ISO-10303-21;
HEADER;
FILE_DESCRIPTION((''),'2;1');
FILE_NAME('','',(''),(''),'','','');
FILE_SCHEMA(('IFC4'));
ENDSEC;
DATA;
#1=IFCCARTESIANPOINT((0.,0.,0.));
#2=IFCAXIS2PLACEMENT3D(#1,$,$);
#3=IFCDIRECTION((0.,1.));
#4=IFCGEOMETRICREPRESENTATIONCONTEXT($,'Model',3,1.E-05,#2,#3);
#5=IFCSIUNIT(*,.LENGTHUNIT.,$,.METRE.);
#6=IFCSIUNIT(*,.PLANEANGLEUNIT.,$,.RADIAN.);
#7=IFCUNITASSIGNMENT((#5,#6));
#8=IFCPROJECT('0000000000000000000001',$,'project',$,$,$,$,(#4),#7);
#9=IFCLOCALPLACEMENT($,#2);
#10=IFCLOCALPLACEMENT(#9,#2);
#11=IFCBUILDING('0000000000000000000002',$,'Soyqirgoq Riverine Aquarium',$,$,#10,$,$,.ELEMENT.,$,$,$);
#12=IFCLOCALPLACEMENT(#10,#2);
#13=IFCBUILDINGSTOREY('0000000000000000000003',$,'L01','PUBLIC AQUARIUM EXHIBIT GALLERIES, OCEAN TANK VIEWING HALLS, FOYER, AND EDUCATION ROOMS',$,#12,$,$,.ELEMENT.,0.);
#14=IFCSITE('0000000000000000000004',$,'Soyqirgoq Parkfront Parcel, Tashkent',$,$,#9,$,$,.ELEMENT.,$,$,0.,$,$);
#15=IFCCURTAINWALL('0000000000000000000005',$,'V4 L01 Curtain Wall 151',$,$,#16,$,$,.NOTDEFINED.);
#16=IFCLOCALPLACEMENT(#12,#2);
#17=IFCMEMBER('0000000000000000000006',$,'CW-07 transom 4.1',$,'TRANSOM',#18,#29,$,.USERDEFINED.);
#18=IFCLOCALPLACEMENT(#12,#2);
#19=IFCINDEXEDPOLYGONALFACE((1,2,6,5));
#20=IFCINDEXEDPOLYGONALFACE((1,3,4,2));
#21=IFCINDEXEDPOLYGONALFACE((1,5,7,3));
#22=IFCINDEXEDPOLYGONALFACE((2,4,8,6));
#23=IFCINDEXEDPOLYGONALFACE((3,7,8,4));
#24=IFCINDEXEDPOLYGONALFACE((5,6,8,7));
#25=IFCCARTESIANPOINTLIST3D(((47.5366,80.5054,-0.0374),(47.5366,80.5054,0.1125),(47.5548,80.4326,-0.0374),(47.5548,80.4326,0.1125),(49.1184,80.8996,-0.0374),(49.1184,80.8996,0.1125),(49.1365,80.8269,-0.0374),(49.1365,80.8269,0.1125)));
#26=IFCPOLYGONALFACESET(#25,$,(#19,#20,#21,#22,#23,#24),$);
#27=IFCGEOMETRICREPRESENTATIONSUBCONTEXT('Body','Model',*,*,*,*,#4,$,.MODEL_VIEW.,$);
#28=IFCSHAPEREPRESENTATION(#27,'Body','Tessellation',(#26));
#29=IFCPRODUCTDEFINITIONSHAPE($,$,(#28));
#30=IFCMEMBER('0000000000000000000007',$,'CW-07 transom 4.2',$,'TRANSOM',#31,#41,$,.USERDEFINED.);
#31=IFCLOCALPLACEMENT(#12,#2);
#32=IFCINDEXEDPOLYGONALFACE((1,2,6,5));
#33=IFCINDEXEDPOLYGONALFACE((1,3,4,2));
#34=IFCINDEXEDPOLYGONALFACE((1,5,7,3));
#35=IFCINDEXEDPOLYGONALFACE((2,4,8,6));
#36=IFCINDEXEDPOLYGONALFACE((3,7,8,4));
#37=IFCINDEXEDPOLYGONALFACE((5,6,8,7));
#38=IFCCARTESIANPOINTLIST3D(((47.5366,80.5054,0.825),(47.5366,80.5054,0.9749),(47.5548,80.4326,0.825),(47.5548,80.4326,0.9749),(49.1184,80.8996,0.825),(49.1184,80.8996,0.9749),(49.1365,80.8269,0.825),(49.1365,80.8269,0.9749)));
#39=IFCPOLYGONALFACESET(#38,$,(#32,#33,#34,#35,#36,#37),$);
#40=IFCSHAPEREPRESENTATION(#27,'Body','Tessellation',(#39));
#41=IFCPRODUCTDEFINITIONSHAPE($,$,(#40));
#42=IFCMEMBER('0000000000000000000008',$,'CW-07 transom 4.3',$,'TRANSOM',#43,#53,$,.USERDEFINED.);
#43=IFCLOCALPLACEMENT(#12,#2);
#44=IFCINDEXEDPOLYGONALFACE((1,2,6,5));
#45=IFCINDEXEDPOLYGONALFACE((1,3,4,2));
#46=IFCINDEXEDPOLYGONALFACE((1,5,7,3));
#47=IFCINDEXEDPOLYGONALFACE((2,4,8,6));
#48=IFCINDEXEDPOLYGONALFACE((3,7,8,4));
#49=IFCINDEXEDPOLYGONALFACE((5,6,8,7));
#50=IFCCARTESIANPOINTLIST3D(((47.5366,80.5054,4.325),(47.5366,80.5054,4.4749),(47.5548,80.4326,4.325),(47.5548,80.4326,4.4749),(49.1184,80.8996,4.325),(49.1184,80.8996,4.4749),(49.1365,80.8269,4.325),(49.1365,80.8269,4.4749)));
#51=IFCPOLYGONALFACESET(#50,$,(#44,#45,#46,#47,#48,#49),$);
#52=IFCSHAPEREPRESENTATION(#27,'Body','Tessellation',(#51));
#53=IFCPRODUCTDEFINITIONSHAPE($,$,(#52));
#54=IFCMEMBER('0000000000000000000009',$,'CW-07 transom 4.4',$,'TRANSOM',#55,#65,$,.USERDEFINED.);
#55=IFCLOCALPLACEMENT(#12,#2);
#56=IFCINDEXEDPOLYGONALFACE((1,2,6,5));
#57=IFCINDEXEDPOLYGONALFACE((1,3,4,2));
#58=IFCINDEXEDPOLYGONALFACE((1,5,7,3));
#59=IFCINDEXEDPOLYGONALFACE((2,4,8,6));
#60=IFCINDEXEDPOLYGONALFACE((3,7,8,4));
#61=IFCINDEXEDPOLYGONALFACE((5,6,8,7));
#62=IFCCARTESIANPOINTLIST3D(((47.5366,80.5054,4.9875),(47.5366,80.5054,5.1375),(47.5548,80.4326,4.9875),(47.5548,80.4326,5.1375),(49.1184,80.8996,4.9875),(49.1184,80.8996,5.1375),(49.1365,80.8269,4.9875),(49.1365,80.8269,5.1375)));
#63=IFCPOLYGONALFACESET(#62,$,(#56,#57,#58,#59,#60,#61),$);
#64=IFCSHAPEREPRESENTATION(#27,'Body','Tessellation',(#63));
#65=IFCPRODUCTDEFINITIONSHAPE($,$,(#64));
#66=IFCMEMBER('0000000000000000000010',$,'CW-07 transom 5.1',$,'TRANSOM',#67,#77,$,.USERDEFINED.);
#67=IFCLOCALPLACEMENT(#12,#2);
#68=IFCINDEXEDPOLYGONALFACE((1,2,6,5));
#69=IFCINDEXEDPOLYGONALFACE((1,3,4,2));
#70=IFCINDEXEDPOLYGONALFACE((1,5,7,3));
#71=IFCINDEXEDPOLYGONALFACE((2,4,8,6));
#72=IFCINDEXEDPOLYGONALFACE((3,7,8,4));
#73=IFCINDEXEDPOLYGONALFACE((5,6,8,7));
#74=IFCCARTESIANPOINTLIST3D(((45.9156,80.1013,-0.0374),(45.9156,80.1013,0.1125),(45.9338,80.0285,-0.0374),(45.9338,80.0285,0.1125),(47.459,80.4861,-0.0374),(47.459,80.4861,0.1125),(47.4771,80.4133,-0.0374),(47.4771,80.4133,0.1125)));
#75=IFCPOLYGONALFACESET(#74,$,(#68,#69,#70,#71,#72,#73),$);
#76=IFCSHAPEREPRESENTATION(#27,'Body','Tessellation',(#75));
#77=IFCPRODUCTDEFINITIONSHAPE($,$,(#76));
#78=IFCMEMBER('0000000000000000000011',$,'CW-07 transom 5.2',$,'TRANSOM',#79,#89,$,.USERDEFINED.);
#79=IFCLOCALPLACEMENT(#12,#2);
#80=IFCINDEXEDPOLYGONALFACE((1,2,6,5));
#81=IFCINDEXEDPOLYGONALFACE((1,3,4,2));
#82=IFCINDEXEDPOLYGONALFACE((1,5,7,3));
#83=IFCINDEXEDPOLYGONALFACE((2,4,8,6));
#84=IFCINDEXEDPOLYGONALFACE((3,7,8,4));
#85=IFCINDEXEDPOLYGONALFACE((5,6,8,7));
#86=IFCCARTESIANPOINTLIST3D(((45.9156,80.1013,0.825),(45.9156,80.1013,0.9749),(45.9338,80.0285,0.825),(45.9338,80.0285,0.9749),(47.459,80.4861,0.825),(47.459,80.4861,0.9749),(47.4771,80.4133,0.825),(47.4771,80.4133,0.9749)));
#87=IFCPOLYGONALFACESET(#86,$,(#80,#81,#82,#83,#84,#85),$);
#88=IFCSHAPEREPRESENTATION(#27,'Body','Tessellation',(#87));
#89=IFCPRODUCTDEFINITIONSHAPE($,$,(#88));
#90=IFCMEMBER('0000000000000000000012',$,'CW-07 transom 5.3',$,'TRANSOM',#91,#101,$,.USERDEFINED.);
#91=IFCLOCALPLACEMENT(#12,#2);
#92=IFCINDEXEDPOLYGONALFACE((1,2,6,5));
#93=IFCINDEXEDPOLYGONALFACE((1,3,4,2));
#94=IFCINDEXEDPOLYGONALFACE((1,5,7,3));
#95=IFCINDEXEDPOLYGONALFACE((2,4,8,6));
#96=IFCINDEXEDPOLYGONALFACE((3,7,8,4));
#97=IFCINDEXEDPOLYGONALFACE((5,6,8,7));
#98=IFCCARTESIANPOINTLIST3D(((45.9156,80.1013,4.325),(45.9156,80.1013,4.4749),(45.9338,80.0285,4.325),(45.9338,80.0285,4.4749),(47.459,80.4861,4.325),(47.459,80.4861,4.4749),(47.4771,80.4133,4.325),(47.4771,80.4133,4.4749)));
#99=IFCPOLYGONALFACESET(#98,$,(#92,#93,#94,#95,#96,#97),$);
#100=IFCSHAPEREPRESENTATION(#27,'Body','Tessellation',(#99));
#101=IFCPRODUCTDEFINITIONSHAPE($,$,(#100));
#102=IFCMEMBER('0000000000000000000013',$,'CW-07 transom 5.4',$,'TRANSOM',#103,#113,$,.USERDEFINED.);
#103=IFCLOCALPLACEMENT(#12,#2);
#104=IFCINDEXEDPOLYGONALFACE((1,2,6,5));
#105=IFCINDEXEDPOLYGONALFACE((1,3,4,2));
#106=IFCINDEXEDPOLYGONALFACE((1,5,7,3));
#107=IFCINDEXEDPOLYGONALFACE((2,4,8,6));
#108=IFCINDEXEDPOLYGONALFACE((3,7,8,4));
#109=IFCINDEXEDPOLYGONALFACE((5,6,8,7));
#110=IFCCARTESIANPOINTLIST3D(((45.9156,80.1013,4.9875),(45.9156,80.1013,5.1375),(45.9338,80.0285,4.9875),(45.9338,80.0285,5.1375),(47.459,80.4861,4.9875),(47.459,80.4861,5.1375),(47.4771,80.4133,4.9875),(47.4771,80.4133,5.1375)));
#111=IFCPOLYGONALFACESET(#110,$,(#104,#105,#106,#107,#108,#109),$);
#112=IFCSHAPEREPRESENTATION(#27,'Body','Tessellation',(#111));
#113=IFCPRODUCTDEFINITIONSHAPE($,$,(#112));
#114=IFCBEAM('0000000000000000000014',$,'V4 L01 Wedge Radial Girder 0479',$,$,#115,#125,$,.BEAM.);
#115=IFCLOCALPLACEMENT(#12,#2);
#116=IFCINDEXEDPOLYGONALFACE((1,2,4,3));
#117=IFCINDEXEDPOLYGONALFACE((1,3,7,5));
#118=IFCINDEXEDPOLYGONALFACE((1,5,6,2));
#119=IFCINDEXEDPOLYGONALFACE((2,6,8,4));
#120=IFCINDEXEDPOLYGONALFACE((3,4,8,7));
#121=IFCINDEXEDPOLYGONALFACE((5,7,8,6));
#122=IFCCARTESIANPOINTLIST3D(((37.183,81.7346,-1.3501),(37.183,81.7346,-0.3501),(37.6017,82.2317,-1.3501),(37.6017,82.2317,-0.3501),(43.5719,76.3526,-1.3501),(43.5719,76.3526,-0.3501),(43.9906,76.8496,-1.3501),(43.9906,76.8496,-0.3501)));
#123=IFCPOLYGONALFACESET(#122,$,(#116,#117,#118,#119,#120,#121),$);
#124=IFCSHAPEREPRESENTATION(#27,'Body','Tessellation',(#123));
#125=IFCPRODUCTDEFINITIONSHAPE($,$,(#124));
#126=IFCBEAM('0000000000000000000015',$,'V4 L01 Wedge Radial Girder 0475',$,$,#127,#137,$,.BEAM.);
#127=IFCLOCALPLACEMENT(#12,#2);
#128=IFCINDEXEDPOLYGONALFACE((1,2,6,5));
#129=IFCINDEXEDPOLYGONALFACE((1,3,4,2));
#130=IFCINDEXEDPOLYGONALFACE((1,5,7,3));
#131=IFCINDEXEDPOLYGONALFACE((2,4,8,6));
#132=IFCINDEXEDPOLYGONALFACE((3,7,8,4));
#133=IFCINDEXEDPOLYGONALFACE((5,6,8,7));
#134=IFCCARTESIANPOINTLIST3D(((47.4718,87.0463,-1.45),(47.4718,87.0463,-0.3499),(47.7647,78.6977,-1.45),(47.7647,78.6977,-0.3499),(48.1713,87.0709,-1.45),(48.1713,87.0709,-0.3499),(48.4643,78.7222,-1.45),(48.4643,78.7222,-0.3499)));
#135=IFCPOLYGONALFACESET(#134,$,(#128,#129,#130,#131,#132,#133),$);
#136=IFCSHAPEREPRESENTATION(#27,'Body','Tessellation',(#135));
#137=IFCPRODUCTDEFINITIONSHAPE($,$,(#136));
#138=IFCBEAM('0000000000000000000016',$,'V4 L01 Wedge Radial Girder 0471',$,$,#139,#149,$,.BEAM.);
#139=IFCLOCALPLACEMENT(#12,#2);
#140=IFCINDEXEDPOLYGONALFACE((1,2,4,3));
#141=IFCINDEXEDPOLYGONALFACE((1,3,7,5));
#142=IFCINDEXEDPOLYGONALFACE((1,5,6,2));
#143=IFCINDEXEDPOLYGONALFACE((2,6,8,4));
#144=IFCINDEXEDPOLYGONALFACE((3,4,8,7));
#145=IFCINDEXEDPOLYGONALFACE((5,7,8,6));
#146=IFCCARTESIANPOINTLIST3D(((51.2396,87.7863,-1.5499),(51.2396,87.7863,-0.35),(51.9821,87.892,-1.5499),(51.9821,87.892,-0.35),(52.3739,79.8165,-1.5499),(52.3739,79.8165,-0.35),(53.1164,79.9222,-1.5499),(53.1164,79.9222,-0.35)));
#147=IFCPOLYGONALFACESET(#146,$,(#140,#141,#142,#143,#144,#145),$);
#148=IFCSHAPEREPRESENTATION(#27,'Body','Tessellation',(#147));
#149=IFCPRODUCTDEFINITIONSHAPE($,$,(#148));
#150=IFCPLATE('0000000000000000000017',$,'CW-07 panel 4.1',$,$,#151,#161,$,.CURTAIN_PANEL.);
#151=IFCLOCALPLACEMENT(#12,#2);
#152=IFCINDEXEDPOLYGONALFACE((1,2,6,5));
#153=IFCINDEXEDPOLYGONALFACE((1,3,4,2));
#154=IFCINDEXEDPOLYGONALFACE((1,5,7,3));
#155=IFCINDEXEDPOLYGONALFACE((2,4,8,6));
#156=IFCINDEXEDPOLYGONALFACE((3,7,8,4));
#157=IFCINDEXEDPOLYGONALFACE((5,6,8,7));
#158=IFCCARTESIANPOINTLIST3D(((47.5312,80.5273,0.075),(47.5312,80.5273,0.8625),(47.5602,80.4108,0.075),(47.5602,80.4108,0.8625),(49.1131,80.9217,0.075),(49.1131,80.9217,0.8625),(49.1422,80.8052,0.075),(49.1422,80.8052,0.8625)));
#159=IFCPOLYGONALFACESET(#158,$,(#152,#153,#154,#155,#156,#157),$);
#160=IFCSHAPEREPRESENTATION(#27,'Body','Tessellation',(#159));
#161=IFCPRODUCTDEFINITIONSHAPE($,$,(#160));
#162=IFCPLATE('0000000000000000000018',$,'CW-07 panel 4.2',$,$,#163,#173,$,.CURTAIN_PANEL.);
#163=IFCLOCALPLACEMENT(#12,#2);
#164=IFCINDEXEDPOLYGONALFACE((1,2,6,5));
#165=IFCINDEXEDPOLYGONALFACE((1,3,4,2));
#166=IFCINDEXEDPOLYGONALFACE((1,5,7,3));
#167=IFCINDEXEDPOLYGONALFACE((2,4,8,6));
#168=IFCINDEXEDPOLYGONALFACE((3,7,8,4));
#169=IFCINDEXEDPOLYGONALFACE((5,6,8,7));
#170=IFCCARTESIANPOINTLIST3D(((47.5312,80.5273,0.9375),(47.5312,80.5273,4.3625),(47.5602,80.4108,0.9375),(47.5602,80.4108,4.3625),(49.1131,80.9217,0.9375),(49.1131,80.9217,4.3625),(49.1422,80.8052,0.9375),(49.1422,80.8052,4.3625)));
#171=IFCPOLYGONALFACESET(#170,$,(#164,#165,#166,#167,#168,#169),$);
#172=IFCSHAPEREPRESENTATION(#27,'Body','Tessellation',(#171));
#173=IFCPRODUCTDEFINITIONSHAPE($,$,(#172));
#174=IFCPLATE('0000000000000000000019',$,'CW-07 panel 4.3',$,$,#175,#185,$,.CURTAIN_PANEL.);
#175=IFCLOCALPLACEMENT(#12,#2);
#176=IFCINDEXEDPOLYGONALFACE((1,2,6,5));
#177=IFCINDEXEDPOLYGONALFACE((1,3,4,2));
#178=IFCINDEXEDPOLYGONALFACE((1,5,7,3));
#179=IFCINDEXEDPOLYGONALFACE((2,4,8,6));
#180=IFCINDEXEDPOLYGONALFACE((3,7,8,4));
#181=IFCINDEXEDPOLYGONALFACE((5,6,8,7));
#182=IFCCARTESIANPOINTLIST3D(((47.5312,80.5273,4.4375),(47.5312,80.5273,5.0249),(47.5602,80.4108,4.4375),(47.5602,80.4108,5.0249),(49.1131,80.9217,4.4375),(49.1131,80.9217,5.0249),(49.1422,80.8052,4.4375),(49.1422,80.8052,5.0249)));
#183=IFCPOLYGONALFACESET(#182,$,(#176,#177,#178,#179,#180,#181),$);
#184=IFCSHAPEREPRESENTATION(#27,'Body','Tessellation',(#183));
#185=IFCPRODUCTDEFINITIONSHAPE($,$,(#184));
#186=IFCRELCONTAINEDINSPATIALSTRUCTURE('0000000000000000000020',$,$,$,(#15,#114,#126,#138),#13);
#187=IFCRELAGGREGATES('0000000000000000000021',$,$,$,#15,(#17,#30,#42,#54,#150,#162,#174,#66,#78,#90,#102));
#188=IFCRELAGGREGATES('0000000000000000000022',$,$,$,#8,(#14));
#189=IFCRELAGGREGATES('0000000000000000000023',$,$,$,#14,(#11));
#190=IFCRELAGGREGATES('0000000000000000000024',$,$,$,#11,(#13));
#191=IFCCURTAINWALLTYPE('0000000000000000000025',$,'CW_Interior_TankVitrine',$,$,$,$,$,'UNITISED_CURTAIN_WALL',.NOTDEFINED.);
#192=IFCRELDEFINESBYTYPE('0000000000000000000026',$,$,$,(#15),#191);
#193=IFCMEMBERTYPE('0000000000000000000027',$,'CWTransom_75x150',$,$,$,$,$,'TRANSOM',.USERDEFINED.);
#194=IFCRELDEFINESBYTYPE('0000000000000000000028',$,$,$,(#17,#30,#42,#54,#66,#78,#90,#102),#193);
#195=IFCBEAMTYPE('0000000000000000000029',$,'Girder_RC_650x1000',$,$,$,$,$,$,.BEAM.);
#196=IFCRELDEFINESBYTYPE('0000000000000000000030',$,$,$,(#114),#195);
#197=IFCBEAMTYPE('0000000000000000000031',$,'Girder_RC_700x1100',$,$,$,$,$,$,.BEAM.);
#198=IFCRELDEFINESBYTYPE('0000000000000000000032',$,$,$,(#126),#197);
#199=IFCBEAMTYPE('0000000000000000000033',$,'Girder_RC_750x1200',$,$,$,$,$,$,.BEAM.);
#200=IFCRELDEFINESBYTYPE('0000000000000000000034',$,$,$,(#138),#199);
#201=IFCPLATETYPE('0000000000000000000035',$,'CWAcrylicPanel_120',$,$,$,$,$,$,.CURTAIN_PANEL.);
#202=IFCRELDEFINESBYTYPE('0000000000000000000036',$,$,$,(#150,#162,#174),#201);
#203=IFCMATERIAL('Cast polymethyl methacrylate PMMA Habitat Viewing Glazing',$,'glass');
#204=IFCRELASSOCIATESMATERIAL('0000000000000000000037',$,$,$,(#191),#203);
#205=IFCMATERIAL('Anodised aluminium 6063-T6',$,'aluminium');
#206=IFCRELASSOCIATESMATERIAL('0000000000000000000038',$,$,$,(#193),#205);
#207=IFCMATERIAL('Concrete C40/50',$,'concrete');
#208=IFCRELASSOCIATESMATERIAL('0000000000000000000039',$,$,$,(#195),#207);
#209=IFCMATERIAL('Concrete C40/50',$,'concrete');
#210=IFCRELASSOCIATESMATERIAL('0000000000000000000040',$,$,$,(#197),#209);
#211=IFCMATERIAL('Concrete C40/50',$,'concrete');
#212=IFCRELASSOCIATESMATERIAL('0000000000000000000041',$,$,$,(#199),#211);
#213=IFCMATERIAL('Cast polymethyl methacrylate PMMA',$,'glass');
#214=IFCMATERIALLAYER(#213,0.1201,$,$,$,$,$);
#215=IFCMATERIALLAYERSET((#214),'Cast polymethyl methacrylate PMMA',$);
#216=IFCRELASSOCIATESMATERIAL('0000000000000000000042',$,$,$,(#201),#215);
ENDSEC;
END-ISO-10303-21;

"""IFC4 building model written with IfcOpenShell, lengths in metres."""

from ifc_helpers import new_model, si_unit, direction, frame, origin, origin_2d, place, context, subcontext, project, spatial, rectangle, extrude, material, layer, layer_set, material_profile, profile_set, type_object, element, aggregate, save


model = new_model("IFC4")

# Units and contexts
model_context = context("Model", 3, precision=1e-05, world=origin(), true_north=direction((0.0, 1.0)))
body_context = subcontext(model_context, "Body", "Model", "MODEL_VIEW")
ifc_project = project(units=[si_unit("LENGTHUNIT", "METRE"), si_unit("PLANEANGLEUNIT", "RADIAN")], contexts=[model_context])

# Site, building, storey
site_placement = place(None, origin())
site = spatial("IfcSite", under=ifc_project, at=site_placement, Name="Soyqirgoq Parkfront Parcel, Tashkent", CompositionType="ELEMENT", RefElevation=0.0)
building_placement = place(site_placement, origin())
building = spatial("IfcBuilding", under=site, at=building_placement, Name="Soyqirgoq Riverine Aquarium", CompositionType="ELEMENT")
storey_placement = place(building_placement, origin())
storey = spatial("IfcBuildingStorey", under=building, at=storey_placement, Name="L01", Description="PUBLIC AQUARIUM EXHIBIT GALLERIES, OCEAN TANK VIEWING HALLS, FOYER, AND EDUCATION ROOMS", CompositionType="ELEMENT", Elevation=0.0)

# Curtain wall, members
ifc_material_1 = material(Name="Cast polymethyl methacrylate PMMA Habitat Viewing Glazing", Category="glass")
curtain_wall_type = type_object("IfcCurtainWallType", Name="CW_Interior_TankVitrine", ElementType="UNITISED_CURTAIN_WALL", PredefinedType="NOTDEFINED", material=ifc_material_1)
curtain_wall_placement = place(storey_placement, origin())
curtain_wall = element("IfcCurtainWall", 1, at=curtain_wall_placement, inside=storey, type_object=curtain_wall_type, Name="V4 L01 Curtain Wall 151", PredefinedType="NOTDEFINED")
ifc_material_2 = material(Name="Anodised aluminium 6063-T6", Category="aluminium")
ifc_material_profile_1 = material_profile(ifc_material_2, rectangle(XDim=0.075, YDim=0.1499, at=origin_2d()), Name="ALU-T 75x150")
ifc_profile_set_1 = profile_set([ifc_material_profile_1], Name="Anodised aluminium 6063-T6")
member_type_1 = type_object("IfcMemberType", Name="CWTransom_75x150", ElementType="TRANSOM", PredefinedType="USERDEFINED", material=ifc_profile_set_1)
member_1_placement = place(storey_placement, frame((49.1274, 80.8633, 0.0376), z_axis=(-0.97031, -0.241866, 0.0), x_axis=(0.241866, -0.97031, 0.0)))
member_1 = element("IfcMember", 2, at=member_1_placement, type_object=member_type_1, Name="CW-07 transom 4.1", ObjectType="TRANSOM", PredefinedType="USERDEFINED", context=body_context, shape_type="SweptSolid", body=[
    extrude(rectangle(XDim=0.075, YDim=0.1499, at=origin_2d()), origin(), (0.0, 0.0, 1.0), 1.6301),
])
member_2_placement = place(storey_placement, frame((49.1274, 80.8633, 0.8999), z_axis=(-0.97031, -0.241866, 0.0), x_axis=(0.241866, -0.97031, 0.0)))
member_2 = element("IfcMember", 3, at=member_2_placement, type_object=member_type_1, Name="CW-07 transom 4.2", ObjectType="TRANSOM", PredefinedType="USERDEFINED", context=body_context, shape_type="SweptSolid", body=[
    extrude(rectangle(XDim=0.075, YDim=0.1499, at=origin_2d()), origin(), (0.0, 0.0, 1.0), 1.6301),
])
member_3_placement = place(storey_placement, frame((49.1274, 80.8633, 4.3999), z_axis=(-0.97031, -0.241866, 0.0), x_axis=(0.241866, -0.97031, 0.0)))
member_3 = element("IfcMember", 4, at=member_3_placement, type_object=member_type_1, Name="CW-07 transom 4.3", ObjectType="TRANSOM", PredefinedType="USERDEFINED", context=body_context, shape_type="SweptSolid", body=[
    extrude(rectangle(XDim=0.075, YDim=0.1499, at=origin_2d()), origin(), (0.0, 0.0, 1.0), 1.6301),
])
member_4_placement = place(storey_placement, frame((49.1274, 80.8633, 5.0625), z_axis=(-0.97031, -0.241866, 0.0), x_axis=(0.241866, -0.97031, 0.0)))
member_4 = element("IfcMember", 5, at=member_4_placement, type_object=member_type_1, Name="CW-07 transom 4.4", ObjectType="TRANSOM", PredefinedType="USERDEFINED", context=body_context, shape_type="SweptSolid", body=[
    extrude(rectangle(XDim=0.075, YDim=0.1499, at=origin_2d()), origin(), (0.0, 0.0, 1.0), 1.6301),
])
member_5_placement = place(storey_placement, frame((47.468, 80.4497, 0.0376), z_axis=(-0.970296, -0.241922, 0.0), x_axis=(0.241922, -0.970296, 0.0)))
member_5 = element("IfcMember", 6, at=member_5_placement, type_object=member_type_1, Name="CW-07 transom 5.1", ObjectType="TRANSOM", PredefinedType="USERDEFINED", context=body_context, shape_type="SweptSolid", body=[
    extrude(rectangle(XDim=0.075, YDim=0.1499, at=origin_2d()), origin(), (0.0, 0.0, 1.0), 1.5906),
])
member_6_placement = place(storey_placement, frame((47.468, 80.4497, 0.8999), z_axis=(-0.970296, -0.241922, 0.0), x_axis=(0.241922, -0.970296, 0.0)))
member_6 = element("IfcMember", 7, at=member_6_placement, type_object=member_type_1, Name="CW-07 transom 5.2", ObjectType="TRANSOM", PredefinedType="USERDEFINED", context=body_context, shape_type="SweptSolid", body=[
    extrude(rectangle(XDim=0.075, YDim=0.1499, at=origin_2d()), origin(), (0.0, 0.0, 1.0), 1.5906),
])
member_7_placement = place(storey_placement, frame((47.468, 80.4497, 4.3999), z_axis=(-0.970296, -0.241922, 0.0), x_axis=(0.241922, -0.970296, 0.0)))
member_7 = element("IfcMember", 8, at=member_7_placement, type_object=member_type_1, Name="CW-07 transom 5.3", ObjectType="TRANSOM", PredefinedType="USERDEFINED", context=body_context, shape_type="SweptSolid", body=[
    extrude(rectangle(XDim=0.075, YDim=0.1499, at=origin_2d()), origin(), (0.0, 0.0, 1.0), 1.5906),
])
member_8_placement = place(storey_placement, frame((47.468, 80.4497, 5.0625), z_axis=(-0.970296, -0.241922, 0.0), x_axis=(0.241922, -0.970296, 0.0)))
member_8 = element("IfcMember", 9, at=member_8_placement, type_object=member_type_1, Name="CW-07 transom 5.4", ObjectType="TRANSOM", PredefinedType="USERDEFINED", context=body_context, shape_type="SweptSolid", body=[
    extrude(rectangle(XDim=0.075, YDim=0.1499, at=origin_2d()), origin(), (0.0, 0.0, 1.0), 1.5906),
])

# Beams
ifc_material_3 = material(Name="Concrete C40/50", Category="concrete")
ifc_material_profile_2 = material_profile(ifc_material_3, rectangle(XDim=0.6499, YDim=1.0, at=origin_2d()), Name="RC 650x1000")
ifc_profile_set_2 = profile_set([ifc_material_profile_2], Name="Concrete C40/50")
beam_type_1 = type_object("IfcBeamType", Name="Girder_RC_650x1000", PredefinedType="BEAM", material=ifc_profile_set_2)
beam_1_placement = place(storey_placement, frame((43.7812, 76.6011, -0.8501), z_axis=(-0.764797, 0.644272, 0.0), x_axis=(-0.644272, -0.764797, 0.0)))
element("IfcBeam", 10, at=beam_1_placement, inside=storey, type_object=beam_type_1, Name="V4 L01 Wedge Radial Girder 0479", PredefinedType="BEAM", context=body_context, shape_type="SweptSolid", body=[
    extrude(rectangle(XDim=0.6499, YDim=1.0, at=origin_2d()), origin(), (0.0, 0.0, 1.0), 8.3538),
])
ifc_material_4 = material(Name="Concrete C40/50", Category="concrete")
ifc_material_profile_3 = material_profile(ifc_material_4, rectangle(XDim=0.7, YDim=1.1001, at=origin_2d()), Name="RC 700x1100")
ifc_profile_set_3 = profile_set([ifc_material_profile_3], Name="Concrete C40/50")
beam_type_2 = type_object("IfcBeamType", Name="Girder_RC_700x1100", PredefinedType="BEAM", material=ifc_profile_set_3)
beam_2_placement = place(storey_placement, frame((48.1145, 78.71, -0.8999), z_axis=(-0.03507, 0.999385, 0.0), x_axis=(-0.999385, -0.03507, 0.0)))
element("IfcBeam", 11, at=beam_2_placement, inside=storey, type_object=beam_type_2, Name="V4 L01 Wedge Radial Girder 0475", PredefinedType="BEAM", context=body_context, shape_type="SweptSolid", body=[
    extrude(rectangle(XDim=0.7, YDim=1.1001, at=origin_2d()), origin(), (0.0, 0.0, 1.0), 8.3538),
])
ifc_material_5 = material(Name="Concrete C40/50", Category="concrete")
ifc_material_profile_4 = material_profile(ifc_material_5, rectangle(XDim=0.75, YDim=1.2, at=origin_2d()), Name="RC 750x1200")
ifc_profile_set_4 = profile_set([ifc_material_profile_4], Name="Concrete C40/50")
beam_type_3 = type_object("IfcBeamType", Name="Girder_RC_750x1200", PredefinedType="BEAM", material=ifc_profile_set_4)
beam_3_placement = place(storey_placement, frame((52.7451, 79.8694, -0.95), z_axis=(-0.140903, 0.990023, 0.0), x_axis=(-0.990023, -0.140903, 0.0)))
element("IfcBeam", 12, at=beam_3_placement, inside=storey, type_object=beam_type_3, Name="V4 L01 Wedge Radial Girder 0471", PredefinedType="BEAM", context=body_context, shape_type="SweptSolid", body=[
    extrude(rectangle(XDim=0.75, YDim=1.2, at=origin_2d()), origin(), (0.0, 0.0, 1.0), 8.05),
])

# Plates
ifc_material_6 = material(Name="Cast polymethyl methacrylate PMMA", Category="glass")
ifc_layer_1 = layer(ifc_material_6, 0.1201)
ifc_layer_set_1 = layer_set([ifc_layer_1], Name="Cast polymethyl methacrylate PMMA")
plate_type = type_object("IfcPlateType", Name="CWAcrylicPanel_120", PredefinedType="CURTAIN_PANEL", material=ifc_layer_set_1)
plate_1_placement = place(storey_placement, frame((48.3367, 80.6663, 0.075), z_axis=(0.0, 0.0, 1.0), x_axis=(-0.970296, -0.241922, 0.0)))
plate_1 = element("IfcPlate", 13, at=plate_1_placement, type_object=plate_type, Name="CW-07 panel 4.1", PredefinedType="CURTAIN_PANEL", context=body_context, shape_type="SweptSolid", body=[
    extrude(rectangle(XDim=1.6304, YDim=0.1201, at=origin_2d()), origin(), (0.0, 0.0, 1.0), 0.7876),
])
plate_2_placement = place(storey_placement, frame((48.3367, 80.6663, 0.9375), z_axis=(0.0, 0.0, 1.0), x_axis=(-0.970296, -0.241922, 0.0)))
plate_2 = element("IfcPlate", 14, at=plate_2_placement, type_object=plate_type, Name="CW-07 panel 4.2", PredefinedType="CURTAIN_PANEL", context=body_context, shape_type="SweptSolid", body=[
    extrude(rectangle(XDim=1.6304, YDim=0.1201, at=origin_2d()), origin(), (0.0, 0.0, 1.0), 3.425),
])
plate_3_placement = place(storey_placement, frame((48.3367, 80.6663, 4.4375), z_axis=(0.0, 0.0, 1.0), x_axis=(-0.970296, -0.241922, 0.0)))
plate_3 = element("IfcPlate", 15, at=plate_3_placement, type_object=plate_type, Name="CW-07 panel 4.3", PredefinedType="CURTAIN_PANEL", context=body_context, shape_type="SweptSolid", body=[
    extrude(rectangle(XDim=1.6304, YDim=0.1201, at=origin_2d()), origin(), (0.0, 0.0, 1.0), 0.5874),
])
aggregate(curtain_wall, [member_1, member_2, member_3, member_4, plate_1, plate_2, plate_3, member_5, member_6, member_7, member_8])

save(model, "model.ifc")
